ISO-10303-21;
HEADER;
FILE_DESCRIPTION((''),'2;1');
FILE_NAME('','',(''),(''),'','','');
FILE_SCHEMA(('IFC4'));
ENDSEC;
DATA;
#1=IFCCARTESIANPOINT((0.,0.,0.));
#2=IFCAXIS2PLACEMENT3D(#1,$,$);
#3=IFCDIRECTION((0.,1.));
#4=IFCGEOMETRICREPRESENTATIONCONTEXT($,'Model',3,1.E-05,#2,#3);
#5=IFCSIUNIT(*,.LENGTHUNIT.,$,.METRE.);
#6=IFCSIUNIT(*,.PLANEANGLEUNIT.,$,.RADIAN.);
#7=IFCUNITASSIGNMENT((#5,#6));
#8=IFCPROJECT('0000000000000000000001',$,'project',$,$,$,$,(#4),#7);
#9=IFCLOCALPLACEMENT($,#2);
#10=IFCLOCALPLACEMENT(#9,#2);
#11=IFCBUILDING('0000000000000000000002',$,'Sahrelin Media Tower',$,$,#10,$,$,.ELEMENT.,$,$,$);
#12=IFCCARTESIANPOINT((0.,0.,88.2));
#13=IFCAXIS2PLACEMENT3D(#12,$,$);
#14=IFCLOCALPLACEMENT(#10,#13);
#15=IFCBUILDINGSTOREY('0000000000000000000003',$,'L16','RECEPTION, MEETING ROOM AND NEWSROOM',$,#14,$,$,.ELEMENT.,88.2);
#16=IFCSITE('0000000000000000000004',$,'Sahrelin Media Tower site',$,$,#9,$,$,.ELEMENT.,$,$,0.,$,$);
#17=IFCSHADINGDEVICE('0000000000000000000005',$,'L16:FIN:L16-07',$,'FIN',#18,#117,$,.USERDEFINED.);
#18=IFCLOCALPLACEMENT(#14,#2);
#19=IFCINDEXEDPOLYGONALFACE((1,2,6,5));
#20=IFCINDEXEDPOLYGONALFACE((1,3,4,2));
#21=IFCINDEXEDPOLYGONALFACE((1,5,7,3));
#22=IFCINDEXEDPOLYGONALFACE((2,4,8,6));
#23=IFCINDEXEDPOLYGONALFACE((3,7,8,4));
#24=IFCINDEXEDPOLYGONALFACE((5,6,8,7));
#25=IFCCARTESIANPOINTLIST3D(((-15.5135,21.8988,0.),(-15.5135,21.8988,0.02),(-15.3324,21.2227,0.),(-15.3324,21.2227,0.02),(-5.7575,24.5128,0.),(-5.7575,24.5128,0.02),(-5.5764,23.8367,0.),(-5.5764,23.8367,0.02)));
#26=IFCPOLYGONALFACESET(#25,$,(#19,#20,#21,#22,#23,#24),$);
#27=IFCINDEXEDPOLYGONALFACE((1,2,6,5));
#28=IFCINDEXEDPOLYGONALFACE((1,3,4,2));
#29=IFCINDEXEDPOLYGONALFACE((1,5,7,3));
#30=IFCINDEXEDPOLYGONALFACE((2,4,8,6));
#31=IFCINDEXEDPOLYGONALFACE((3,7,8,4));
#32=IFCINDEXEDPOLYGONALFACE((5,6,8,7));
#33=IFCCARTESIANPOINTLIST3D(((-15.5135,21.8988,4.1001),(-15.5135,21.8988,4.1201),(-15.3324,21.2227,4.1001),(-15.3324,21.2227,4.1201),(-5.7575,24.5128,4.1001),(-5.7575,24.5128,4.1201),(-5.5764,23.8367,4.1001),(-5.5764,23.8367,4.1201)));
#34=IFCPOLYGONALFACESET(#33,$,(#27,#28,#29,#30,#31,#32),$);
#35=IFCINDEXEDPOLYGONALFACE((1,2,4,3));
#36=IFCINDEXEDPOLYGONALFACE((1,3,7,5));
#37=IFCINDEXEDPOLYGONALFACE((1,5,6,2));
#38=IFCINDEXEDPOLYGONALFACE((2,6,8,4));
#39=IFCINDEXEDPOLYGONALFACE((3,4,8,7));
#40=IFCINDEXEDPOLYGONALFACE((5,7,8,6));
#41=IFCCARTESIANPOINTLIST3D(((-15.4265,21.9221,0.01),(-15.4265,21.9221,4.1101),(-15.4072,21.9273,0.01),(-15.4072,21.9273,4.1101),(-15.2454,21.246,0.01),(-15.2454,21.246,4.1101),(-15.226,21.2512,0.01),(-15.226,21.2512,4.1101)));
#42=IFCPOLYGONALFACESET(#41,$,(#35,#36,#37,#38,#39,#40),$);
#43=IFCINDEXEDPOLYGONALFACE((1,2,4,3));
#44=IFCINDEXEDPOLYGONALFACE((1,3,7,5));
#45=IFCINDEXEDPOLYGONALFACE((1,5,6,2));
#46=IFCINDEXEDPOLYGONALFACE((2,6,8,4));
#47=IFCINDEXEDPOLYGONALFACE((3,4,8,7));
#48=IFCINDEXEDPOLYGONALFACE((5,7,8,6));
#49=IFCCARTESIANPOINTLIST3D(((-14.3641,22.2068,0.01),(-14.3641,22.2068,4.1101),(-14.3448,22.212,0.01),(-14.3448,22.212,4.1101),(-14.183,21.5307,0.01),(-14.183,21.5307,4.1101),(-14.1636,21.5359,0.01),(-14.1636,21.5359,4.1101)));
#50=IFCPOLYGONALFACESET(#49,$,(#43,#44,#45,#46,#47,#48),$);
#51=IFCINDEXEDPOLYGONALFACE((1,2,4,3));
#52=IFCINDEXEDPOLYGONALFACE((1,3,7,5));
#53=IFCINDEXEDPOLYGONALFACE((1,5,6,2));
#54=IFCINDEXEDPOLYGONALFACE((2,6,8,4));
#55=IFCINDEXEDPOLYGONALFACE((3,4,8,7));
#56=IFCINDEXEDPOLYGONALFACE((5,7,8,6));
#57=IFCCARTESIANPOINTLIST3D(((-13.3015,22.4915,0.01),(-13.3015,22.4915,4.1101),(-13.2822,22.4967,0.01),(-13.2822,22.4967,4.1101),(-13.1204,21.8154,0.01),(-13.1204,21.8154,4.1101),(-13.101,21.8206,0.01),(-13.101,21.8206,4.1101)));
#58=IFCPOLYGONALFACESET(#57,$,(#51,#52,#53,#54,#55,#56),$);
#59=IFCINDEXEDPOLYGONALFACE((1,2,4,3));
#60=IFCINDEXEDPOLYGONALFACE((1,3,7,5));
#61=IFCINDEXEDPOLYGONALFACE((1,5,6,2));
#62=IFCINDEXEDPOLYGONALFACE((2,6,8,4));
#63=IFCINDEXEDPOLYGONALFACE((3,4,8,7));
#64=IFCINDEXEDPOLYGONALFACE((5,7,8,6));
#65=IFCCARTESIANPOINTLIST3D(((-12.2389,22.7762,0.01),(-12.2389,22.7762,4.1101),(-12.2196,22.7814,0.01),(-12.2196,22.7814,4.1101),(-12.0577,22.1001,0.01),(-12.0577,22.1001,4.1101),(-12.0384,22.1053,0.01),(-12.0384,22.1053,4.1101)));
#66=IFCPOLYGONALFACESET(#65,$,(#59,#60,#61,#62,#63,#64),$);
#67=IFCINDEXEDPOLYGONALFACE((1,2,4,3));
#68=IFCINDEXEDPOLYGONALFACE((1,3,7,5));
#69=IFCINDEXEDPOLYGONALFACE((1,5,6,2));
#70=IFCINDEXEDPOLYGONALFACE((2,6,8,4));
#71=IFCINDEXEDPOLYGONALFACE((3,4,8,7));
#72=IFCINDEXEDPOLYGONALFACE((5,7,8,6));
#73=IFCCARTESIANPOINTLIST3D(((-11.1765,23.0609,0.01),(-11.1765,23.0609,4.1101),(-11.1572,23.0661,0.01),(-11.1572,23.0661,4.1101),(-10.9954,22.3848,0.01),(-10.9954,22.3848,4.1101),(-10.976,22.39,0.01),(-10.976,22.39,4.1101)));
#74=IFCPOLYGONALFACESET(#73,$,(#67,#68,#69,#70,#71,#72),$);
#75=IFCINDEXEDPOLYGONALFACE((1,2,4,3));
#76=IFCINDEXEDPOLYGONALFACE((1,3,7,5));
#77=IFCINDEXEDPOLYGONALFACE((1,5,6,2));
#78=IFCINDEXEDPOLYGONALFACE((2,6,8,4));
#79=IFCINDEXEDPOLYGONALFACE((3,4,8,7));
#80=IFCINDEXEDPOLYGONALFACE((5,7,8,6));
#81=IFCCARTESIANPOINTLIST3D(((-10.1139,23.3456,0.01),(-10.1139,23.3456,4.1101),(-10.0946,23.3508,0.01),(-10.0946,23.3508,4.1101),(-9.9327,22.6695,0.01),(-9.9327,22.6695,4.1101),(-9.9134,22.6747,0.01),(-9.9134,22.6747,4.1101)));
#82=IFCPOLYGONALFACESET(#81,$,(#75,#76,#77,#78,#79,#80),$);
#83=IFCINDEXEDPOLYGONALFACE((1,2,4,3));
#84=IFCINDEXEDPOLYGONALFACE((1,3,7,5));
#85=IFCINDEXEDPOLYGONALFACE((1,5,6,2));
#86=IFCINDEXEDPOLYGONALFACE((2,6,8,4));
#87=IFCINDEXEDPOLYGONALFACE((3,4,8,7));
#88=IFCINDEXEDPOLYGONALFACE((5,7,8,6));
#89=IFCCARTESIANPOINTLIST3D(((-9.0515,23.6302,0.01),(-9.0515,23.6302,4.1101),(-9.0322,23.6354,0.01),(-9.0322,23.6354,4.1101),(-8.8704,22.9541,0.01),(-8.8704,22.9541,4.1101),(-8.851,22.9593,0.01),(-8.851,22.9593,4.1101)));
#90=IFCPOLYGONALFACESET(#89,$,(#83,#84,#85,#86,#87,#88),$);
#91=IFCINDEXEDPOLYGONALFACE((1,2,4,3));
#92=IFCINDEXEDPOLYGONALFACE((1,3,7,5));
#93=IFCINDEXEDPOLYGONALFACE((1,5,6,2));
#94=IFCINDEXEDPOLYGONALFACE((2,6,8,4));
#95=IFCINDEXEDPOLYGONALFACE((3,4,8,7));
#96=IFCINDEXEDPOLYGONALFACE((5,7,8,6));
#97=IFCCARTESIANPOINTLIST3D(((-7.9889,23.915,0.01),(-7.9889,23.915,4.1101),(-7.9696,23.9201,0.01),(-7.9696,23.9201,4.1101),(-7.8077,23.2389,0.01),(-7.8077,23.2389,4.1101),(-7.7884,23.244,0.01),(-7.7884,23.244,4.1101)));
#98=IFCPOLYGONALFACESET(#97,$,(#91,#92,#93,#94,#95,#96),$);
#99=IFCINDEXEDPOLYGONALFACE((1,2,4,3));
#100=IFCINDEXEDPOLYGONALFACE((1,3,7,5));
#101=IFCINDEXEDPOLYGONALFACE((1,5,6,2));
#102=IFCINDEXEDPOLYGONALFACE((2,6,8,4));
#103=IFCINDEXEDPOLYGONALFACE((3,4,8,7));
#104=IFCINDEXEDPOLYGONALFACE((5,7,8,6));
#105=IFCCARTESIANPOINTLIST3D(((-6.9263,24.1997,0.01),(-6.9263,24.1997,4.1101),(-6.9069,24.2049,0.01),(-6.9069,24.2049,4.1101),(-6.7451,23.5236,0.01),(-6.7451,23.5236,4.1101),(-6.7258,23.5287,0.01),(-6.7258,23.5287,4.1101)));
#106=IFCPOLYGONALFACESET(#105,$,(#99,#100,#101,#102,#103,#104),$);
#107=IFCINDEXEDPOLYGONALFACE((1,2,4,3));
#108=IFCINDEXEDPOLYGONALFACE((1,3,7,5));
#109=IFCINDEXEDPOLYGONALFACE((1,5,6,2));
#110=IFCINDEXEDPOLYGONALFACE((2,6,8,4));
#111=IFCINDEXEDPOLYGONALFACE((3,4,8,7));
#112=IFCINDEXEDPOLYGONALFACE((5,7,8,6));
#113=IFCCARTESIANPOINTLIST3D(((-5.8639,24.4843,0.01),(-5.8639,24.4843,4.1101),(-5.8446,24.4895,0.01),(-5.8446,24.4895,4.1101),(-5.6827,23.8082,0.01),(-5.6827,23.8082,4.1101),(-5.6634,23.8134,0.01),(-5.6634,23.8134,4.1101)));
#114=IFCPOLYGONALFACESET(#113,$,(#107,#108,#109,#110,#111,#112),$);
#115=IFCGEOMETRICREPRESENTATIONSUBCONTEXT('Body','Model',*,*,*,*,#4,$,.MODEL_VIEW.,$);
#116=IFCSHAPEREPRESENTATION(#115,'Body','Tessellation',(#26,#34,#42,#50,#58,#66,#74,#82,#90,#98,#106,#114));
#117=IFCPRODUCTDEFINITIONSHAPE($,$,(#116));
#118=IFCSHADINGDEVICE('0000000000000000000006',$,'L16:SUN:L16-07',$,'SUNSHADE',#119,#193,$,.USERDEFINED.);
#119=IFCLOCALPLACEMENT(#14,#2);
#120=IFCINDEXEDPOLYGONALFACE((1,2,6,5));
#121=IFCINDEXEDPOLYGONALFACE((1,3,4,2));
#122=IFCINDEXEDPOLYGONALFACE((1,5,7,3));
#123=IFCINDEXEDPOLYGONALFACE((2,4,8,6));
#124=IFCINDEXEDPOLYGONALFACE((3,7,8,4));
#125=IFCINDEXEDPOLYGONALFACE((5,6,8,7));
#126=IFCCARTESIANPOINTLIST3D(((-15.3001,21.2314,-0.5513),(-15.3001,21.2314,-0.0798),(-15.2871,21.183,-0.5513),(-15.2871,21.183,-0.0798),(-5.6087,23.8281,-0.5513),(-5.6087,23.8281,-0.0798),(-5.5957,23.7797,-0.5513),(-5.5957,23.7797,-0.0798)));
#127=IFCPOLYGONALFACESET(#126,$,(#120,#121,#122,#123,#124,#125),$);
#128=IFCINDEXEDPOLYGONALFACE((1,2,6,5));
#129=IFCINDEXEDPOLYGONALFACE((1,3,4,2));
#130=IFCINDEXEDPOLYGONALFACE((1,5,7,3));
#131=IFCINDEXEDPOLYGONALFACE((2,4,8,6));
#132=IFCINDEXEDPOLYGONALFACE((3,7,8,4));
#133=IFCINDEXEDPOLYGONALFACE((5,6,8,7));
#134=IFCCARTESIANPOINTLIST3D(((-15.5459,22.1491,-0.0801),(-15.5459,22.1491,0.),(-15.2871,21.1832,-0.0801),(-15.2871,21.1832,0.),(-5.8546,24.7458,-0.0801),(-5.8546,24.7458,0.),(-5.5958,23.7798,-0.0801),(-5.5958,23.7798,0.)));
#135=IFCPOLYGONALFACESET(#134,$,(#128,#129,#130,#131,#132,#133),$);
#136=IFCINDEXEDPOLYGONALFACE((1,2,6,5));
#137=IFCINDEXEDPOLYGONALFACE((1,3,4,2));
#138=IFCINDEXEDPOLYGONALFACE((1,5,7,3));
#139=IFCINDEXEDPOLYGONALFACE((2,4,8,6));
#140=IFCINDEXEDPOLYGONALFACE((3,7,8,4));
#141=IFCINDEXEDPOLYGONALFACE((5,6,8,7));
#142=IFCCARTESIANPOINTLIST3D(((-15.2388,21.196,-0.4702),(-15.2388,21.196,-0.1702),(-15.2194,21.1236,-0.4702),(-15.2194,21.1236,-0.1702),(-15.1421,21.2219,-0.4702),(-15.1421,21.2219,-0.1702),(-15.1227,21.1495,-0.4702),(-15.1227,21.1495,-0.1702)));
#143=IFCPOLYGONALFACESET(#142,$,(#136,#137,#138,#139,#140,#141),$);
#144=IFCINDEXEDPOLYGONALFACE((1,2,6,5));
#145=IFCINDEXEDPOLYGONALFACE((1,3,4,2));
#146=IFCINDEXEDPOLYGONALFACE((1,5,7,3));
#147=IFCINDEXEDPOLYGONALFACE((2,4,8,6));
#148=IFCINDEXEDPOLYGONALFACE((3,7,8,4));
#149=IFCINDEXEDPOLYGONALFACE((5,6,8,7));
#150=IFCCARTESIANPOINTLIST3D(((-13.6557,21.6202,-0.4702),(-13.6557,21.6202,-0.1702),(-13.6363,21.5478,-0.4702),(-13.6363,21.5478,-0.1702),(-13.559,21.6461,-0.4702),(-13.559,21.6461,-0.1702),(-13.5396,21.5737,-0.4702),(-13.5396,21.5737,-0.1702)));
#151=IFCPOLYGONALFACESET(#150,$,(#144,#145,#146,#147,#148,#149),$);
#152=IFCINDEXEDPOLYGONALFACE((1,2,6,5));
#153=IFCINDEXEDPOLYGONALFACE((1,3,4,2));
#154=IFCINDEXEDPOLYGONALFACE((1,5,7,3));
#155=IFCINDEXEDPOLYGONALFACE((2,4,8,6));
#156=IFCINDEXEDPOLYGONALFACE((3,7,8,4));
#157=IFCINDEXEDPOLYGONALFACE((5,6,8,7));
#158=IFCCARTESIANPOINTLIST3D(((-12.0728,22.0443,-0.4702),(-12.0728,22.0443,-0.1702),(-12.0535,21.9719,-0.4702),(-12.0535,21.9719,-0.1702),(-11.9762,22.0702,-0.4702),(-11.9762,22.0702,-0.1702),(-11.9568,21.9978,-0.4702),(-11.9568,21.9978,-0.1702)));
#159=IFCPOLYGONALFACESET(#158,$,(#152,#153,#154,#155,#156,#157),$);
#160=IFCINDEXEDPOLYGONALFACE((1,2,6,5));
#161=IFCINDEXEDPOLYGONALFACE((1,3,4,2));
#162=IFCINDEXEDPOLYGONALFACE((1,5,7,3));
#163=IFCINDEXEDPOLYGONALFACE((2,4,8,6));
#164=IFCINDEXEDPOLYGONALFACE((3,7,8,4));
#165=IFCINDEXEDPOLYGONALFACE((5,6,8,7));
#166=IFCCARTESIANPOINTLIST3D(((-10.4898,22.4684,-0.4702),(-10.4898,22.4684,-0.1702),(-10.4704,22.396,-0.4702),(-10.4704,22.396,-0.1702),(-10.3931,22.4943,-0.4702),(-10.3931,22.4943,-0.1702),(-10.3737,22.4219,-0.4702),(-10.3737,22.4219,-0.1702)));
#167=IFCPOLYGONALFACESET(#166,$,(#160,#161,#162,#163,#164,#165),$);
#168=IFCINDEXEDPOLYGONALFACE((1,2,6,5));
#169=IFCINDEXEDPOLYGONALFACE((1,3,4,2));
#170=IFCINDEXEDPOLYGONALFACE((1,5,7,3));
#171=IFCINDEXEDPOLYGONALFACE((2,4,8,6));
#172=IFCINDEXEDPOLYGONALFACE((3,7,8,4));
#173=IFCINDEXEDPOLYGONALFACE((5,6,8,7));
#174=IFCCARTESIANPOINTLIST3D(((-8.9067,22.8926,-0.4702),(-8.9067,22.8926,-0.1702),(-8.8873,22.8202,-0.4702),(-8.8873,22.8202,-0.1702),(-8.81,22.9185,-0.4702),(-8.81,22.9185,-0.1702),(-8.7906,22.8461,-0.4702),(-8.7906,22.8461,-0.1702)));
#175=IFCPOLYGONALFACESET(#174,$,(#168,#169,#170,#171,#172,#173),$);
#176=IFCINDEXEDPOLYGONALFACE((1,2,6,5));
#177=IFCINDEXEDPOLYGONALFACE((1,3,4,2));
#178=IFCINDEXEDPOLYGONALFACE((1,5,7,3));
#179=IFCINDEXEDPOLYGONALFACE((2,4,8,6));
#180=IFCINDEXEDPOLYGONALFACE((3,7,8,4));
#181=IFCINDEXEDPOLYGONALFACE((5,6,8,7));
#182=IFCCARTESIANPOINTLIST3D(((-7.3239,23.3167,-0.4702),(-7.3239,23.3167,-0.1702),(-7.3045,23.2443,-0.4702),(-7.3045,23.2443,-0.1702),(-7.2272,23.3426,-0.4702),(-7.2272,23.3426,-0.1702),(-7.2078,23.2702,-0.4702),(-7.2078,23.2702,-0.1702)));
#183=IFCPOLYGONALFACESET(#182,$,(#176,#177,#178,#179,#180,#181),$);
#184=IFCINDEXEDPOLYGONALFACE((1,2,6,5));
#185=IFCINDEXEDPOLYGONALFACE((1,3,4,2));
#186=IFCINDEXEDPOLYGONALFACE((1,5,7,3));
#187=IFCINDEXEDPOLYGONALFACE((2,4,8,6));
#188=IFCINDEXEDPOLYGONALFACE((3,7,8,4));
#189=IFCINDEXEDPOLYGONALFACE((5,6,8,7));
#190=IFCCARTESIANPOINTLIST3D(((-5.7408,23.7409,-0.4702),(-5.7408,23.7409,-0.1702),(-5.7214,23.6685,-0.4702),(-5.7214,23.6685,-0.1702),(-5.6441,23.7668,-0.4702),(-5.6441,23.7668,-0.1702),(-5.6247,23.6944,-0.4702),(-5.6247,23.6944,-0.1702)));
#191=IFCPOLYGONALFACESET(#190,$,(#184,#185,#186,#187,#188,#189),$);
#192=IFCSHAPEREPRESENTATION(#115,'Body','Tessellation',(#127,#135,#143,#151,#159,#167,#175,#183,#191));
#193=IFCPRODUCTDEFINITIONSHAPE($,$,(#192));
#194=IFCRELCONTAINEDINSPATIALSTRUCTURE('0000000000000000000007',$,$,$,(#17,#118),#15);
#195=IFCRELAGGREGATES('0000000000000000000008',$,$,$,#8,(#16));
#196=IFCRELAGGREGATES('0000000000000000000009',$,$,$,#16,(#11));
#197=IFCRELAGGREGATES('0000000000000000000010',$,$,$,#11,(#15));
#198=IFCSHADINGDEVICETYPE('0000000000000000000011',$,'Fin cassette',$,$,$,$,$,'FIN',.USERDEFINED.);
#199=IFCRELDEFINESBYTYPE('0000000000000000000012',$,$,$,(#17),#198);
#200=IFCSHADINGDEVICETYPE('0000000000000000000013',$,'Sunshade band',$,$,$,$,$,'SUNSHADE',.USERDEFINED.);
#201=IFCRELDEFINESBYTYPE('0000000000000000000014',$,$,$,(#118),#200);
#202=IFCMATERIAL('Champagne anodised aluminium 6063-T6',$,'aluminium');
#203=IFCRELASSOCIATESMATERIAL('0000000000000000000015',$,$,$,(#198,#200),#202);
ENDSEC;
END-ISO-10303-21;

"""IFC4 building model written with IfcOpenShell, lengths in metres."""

from ifc_helpers import new_model, si_unit, direction, frame, origin, origin_2d, place, context, subcontext, project, spatial, rectangle, extrude, material, type_object, element, save


model = new_model("IFC4")

# Units and contexts
model_context = context("Model", 3, precision=1e-05, world=origin(), true_north=direction((0.0, 1.0)))
body_context = subcontext(model_context, "Body", "Model", "MODEL_VIEW")
ifc_project = project(units=[si_unit("LENGTHUNIT", "METRE"), si_unit("PLANEANGLEUNIT", "RADIAN")], contexts=[model_context])

# Site, building, storey
site_placement = place(None, origin())
site = spatial("IfcSite", under=ifc_project, at=site_placement, Name="Sahrelin Media Tower site", CompositionType="ELEMENT", RefElevation=0.0)
building_placement = place(site_placement, origin())
building = spatial("IfcBuilding", under=site, at=building_placement, Name="Sahrelin Media Tower", CompositionType="ELEMENT")
storey_placement = place(building_placement, frame((0.0, 0.0, 88.2)))
storey = spatial("IfcBuildingStorey", under=building, at=storey_placement, Name="L16", Description="RECEPTION, MEETING ROOM AND NEWSROOM", CompositionType="ELEMENT", Elevation=88.2)

# Shared definitions
ifc_material_1 = material(Name="Champagne anodised aluminium 6063-T6", Category="aluminium")

# Shading devices
shading_device_type_1 = type_object("IfcShadingDeviceType", Name="Fin cassette", ElementType="FIN", PredefinedType="USERDEFINED", material=ifc_material_1)
placement = place(storey_placement, frame((-10.4363, 22.4622, 0.0), z_axis=(0.0, 0.0, 1.0), x_axis=(0.965929, 0.258808, 0.0)))
element("IfcShadingDevice", 1, at=placement, inside=storey, type_object=shading_device_type_1, Name="L16:FIN:L16-07", ObjectType="FIN", PredefinedType="USERDEFINED", context=body_context, shape_type="SweptSolid", body=[
    extrude(rectangle(XDim=10.1001, YDim=0.7, at=origin_2d()), frame((0.0, 0.4199, 0.0)), (0.0, 0.0, 1.0), 0.02),
    extrude(rectangle(XDim=10.1001, YDim=0.7, at=origin_2d()), frame((0.0, 0.4199, 4.1001)), (0.0, 0.0, 1.0), 0.02),
    extrude(rectangle(XDim=0.02, YDim=0.7, at=origin_2d()), frame((-4.95, 0.4199, 0.01), z_axis=(0.0, 0.0, 1.0), x_axis=(1.0, 0.0, 0.0)), (0.0, 0.0, 1.0), 4.1001),
    extrude(rectangle(XDim=0.02, YDim=0.7, at=origin_2d()), frame((-3.8501, 0.4199, 0.01), z_axis=(0.0, 0.0, 1.0), x_axis=(1.0, 0.0, 0.0)), (0.0, 0.0, 1.0), 4.1001),
    extrude(rectangle(XDim=0.02, YDim=0.7, at=origin_2d()), frame((-2.75, 0.4199, 0.01), z_axis=(0.0, 0.0, 1.0), x_axis=(1.0, 0.0, 0.0)), (0.0, 0.0, 1.0), 4.1001),
    extrude(rectangle(XDim=0.02, YDim=0.7, at=origin_2d()), frame((-1.6499, 0.4199, 0.01), z_axis=(0.0, 0.0, 1.0), x_axis=(1.0, 0.0, 0.0)), (0.0, 0.0, 1.0), 4.1001),
    extrude(rectangle(XDim=0.02, YDim=0.7, at=origin_2d()), frame((-0.55, 0.4199, 0.01), z_axis=(0.0, 0.0, 1.0), x_axis=(1.0, 0.0, 0.0)), (0.0, 0.0, 1.0), 4.1001),
    extrude(rectangle(XDim=0.02, YDim=0.7, at=origin_2d()), frame((0.55, 0.4199, 0.01), z_axis=(0.0, 0.0, 1.0), x_axis=(1.0, 0.0, 0.0)), (0.0, 0.0, 1.0), 4.1001),
    extrude(rectangle(XDim=0.02, YDim=0.7, at=origin_2d()), frame((1.6499, 0.4199, 0.01), z_axis=(0.0, 0.0, 1.0), x_axis=(1.0, 0.0, 0.0)), (0.0, 0.0, 1.0), 4.1001),
    extrude(rectangle(XDim=0.02, YDim=0.7, at=origin_2d()), frame((2.75, 0.4199, 0.01), z_axis=(0.0, 0.0, 1.0), x_axis=(1.0, 0.0, 0.0)), (0.0, 0.0, 1.0), 4.1001),
    extrude(rectangle(XDim=0.02, YDim=0.7, at=origin_2d()), frame((3.8501, 0.4199, 0.01), z_axis=(0.0, 0.0, 1.0), x_axis=(1.0, 0.0, 0.0)), (0.0, 0.0, 1.0), 4.1001),
    extrude(rectangle(XDim=0.02, YDim=0.7, at=origin_2d()), frame((4.95, 0.4199, 0.01), z_axis=(0.0, 0.0, 1.0), x_axis=(1.0, 0.0, 0.0)), (0.0, 0.0, 1.0), 4.1001),
])
shading_device_type_2 = type_object("IfcShadingDeviceType", Name="Sunshade band", ElementType="SUNSHADE", PredefinedType="USERDEFINED", material=ifc_material_1)
element("IfcShadingDevice", 2, at=placement, inside=storey, type_object=shading_device_type_2, Name="L16:SUN:L16-07", ObjectType="SUNSHADE", PredefinedType="USERDEFINED", context=body_context, shape_type="SweptSolid", body=[
    extrude(rectangle(XDim=10.0332, YDim=0.05, at=origin_2d()), frame((0.0, 0.0449, -0.5513)), (0.0, 0.0, 1.0), 0.4714),
    extrude(rectangle(XDim=10.0332, YDim=1.0, at=origin_2d()), frame((0.0, 0.52, -0.0801)), (0.0, 0.0, 1.0), 0.0801),
    extrude(rectangle(XDim=0.1001, YDim=0.075, at=origin_2d()), frame((-4.9165, -0.0176, -0.4702)), (0.0, 0.0, 1.0), 0.3),
    extrude(rectangle(XDim=0.1001, YDim=0.075, at=origin_2d()), frame((-3.2776, -0.0176, -0.4702)), (0.0, 0.0, 1.0), 0.3),
    extrude(rectangle(XDim=0.1001, YDim=0.075, at=origin_2d()), frame((-1.6389, -0.0176, -0.4702)), (0.0, 0.0, 1.0), 0.3),
    extrude(rectangle(XDim=0.1001, YDim=0.075, at=origin_2d()), frame((0.0, -0.0176, -0.4702)), (0.0, 0.0, 1.0), 0.3),
    extrude(rectangle(XDim=0.1001, YDim=0.075, at=origin_2d()), frame((1.6389, -0.0176, -0.4702)), (0.0, 0.0, 1.0), 0.3),
    extrude(rectangle(XDim=0.1001, YDim=0.075, at=origin_2d()), frame((3.2776, -0.0176, -0.4702)), (0.0, 0.0, 1.0), 0.3),
    extrude(rectangle(XDim=0.1001, YDim=0.075, at=origin_2d()), frame((4.9165, -0.0176, -0.4702)), (0.0, 0.0, 1.0), 0.3),
])

save(model, "model.ifc")
